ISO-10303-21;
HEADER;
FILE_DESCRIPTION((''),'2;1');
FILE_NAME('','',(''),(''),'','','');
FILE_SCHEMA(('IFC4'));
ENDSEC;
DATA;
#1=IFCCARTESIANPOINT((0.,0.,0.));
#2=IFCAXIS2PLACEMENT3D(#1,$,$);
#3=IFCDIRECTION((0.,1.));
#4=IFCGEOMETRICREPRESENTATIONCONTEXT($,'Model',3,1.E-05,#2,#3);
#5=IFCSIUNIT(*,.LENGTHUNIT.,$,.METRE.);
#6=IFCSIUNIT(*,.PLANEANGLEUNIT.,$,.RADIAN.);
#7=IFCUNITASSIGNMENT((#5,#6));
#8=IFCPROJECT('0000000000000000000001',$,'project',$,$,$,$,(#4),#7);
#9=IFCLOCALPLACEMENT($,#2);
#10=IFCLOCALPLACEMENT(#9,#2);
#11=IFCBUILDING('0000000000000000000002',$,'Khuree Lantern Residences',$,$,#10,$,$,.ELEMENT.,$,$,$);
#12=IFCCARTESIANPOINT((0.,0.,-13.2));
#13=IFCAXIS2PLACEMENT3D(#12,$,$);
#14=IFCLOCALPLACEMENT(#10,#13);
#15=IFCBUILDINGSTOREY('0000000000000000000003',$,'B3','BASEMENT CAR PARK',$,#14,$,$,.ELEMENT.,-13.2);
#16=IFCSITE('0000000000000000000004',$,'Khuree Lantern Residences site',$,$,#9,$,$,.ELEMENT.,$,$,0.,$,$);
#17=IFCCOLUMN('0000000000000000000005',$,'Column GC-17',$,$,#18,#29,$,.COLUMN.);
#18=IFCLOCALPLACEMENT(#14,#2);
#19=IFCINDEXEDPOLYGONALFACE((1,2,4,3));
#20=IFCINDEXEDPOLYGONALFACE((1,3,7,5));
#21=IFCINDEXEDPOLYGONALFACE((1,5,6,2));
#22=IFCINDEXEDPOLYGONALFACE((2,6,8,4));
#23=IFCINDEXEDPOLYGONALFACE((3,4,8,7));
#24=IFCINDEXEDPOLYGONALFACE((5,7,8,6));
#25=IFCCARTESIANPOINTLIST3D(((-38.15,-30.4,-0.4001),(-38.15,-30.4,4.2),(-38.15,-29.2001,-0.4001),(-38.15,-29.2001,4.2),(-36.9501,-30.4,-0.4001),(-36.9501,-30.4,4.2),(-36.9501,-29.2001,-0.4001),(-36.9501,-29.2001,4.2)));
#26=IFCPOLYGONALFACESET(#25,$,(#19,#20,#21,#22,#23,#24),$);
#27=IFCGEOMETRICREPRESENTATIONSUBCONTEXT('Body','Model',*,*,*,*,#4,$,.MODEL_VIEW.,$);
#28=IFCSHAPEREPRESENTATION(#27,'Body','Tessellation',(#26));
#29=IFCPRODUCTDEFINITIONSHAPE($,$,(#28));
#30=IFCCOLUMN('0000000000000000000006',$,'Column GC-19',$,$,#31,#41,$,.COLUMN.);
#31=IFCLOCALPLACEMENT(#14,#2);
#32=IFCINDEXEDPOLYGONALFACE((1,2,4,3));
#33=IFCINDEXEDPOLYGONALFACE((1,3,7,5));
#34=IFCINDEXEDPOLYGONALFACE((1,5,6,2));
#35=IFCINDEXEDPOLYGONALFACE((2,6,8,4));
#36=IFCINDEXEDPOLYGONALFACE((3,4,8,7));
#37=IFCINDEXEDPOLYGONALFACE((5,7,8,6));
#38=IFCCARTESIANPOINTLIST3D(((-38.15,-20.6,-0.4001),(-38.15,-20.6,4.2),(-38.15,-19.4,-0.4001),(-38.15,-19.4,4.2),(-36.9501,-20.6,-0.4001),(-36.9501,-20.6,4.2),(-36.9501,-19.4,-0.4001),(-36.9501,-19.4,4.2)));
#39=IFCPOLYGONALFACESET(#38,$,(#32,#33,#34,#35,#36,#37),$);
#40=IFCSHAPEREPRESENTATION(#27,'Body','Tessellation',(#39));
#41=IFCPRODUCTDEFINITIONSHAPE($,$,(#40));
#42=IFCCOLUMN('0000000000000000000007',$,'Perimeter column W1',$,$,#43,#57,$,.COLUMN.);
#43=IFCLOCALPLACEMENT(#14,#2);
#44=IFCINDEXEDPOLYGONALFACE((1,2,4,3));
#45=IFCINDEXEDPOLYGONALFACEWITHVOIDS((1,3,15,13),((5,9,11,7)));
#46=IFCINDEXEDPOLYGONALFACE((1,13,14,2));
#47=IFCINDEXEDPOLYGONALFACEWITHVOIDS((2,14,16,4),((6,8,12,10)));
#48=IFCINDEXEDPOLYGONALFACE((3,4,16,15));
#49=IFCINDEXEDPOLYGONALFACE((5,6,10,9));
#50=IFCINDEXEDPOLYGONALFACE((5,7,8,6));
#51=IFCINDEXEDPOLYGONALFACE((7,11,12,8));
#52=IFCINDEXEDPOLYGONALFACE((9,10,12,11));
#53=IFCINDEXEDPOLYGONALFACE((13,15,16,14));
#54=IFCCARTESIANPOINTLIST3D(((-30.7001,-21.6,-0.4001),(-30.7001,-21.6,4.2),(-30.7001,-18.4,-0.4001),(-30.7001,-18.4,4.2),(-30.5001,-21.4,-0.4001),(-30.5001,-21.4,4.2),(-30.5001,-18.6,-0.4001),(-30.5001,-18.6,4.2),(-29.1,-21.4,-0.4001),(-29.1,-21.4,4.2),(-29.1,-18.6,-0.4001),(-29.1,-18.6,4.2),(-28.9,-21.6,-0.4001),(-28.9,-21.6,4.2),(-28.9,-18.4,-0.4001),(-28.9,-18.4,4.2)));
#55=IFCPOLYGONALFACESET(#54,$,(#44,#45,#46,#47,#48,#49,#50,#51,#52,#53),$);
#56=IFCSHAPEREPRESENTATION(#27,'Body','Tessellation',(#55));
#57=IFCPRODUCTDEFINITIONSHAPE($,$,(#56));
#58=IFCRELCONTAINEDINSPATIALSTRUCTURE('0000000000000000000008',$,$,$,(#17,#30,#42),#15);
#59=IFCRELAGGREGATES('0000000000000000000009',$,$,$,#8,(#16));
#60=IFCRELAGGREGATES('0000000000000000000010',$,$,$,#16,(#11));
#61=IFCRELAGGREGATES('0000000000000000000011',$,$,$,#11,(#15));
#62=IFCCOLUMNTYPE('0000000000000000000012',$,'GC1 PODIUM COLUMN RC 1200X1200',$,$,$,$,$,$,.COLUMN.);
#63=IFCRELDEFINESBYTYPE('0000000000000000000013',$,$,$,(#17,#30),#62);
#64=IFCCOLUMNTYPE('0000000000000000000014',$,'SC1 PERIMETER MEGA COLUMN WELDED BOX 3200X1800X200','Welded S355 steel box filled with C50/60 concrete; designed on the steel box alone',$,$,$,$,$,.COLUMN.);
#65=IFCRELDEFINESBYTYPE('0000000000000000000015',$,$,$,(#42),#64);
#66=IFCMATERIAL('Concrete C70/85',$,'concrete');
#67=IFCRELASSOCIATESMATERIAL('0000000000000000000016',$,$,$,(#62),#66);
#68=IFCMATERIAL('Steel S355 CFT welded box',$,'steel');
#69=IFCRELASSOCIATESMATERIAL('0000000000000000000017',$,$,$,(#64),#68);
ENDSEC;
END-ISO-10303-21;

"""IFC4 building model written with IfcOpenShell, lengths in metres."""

from ifc_helpers import new_model, si_unit, direction, frame, origin, origin_2d, place, context, subcontext, project, spatial, rectangle, hollow_rectangle, extrude, material, material_profile, profile_set, type_object, element, save


model = new_model("IFC4")

# Units and contexts
model_context = context("Model", 3, precision=1e-05, world=origin(), true_north=direction((0.0, 1.0)))
body_context = subcontext(model_context, "Body", "Model", "MODEL_VIEW")
ifc_project = project(units=[si_unit("LENGTHUNIT", "METRE"), si_unit("PLANEANGLEUNIT", "RADIAN")], contexts=[model_context])

# Site, building, storey
site_placement = place(None, origin())
site = spatial("IfcSite", under=ifc_project, at=site_placement, Name="Khuree Lantern Residences site", CompositionType="ELEMENT", RefElevation=0.0)
building_placement = place(site_placement, origin())
building = spatial("IfcBuilding", under=site, at=building_placement, Name="Khuree Lantern Residences", CompositionType="ELEMENT")
storey_placement = place(building_placement, frame((0.0, 0.0, -13.2)))
storey = spatial("IfcBuildingStorey", under=building, at=storey_placement, Name="B3", Description="BASEMENT CAR PARK", CompositionType="ELEMENT", Elevation=-13.2)

# Columns
ifc_material_1 = material(Name="Steel S355 CFT welded box", Category="steel")
ifc_material_2 = material(Name="Concrete C70/85", Category="concrete")
ifc_material_profile_1 = material_profile(ifc_material_2, rectangle(XDim=1.2, YDim=1.2, at=origin_2d()), Name="RC 1200X1200")
ifc_profile_set_1 = profile_set([ifc_material_profile_1], Name="Concrete C70/85")
column_type_1 = type_object("IfcColumnType", Name="GC1 PODIUM COLUMN RC 1200X1200", PredefinedType="COLUMN", material=ifc_profile_set_1)
for number, where, z_axis, x_axis, name in (
    (1, (-37.55, -29.8, -0.4001), (0.0, 0.0, 1.0), (1.0, 0.0, 0.0), "Column GC-17"),
    (2, (-37.55, -20.0, -0.4001), (0.0, 0.0, 1.0), (1.0, 0.0, 0.0), "Column GC-19"),
):
    element("IfcColumn", number, at=place(storey_placement, frame(where, z_axis=z_axis, x_axis=x_axis)), inside=storey, type_object=column_type_1, Name=name, PredefinedType="COLUMN", context=body_context, shape_type="SweptSolid", body=[
        extrude(rectangle(XDim=1.2, YDim=1.2, at=origin_2d()), origin(), (0.0, 0.0, 1.0), 4.6001),
    ])
ifc_material_profile_2 = material_profile(ifc_material_1, hollow_rectangle(XDim=3.2, YDim=1.8, WallThickness=0.2, at=origin_2d()), Name="WELDED BOX 3200X1800X200")
ifc_profile_set_2 = profile_set([ifc_material_profile_2], Name="Steel S355 CFT welded box")
column_type_2 = type_object("IfcColumnType", Name="SC1 PERIMETER MEGA COLUMN WELDED BOX 3200X1800X200", Description="Welded S355 steel box filled with C50/60 concrete; designed on the steel box alone", PredefinedType="COLUMN", material=ifc_profile_set_2)
column_1_placement = place(storey_placement, frame((-29.8, -20.0, -0.4001), z_axis=(0.0, 0.0, 1.0), x_axis=(0.0, 1.0, 0.0)))
element("IfcColumn", 3, at=column_1_placement, inside=storey, type_object=column_type_2, Name="Perimeter column W1", PredefinedType="COLUMN", context=body_context, shape_type="SweptSolid", body=[
    extrude(hollow_rectangle(XDim=3.2, YDim=1.8, WallThickness=0.2, at=origin_2d()), origin(), (0.0, 0.0, 1.0), 4.6001),
])

save(model, "model.ifc")
